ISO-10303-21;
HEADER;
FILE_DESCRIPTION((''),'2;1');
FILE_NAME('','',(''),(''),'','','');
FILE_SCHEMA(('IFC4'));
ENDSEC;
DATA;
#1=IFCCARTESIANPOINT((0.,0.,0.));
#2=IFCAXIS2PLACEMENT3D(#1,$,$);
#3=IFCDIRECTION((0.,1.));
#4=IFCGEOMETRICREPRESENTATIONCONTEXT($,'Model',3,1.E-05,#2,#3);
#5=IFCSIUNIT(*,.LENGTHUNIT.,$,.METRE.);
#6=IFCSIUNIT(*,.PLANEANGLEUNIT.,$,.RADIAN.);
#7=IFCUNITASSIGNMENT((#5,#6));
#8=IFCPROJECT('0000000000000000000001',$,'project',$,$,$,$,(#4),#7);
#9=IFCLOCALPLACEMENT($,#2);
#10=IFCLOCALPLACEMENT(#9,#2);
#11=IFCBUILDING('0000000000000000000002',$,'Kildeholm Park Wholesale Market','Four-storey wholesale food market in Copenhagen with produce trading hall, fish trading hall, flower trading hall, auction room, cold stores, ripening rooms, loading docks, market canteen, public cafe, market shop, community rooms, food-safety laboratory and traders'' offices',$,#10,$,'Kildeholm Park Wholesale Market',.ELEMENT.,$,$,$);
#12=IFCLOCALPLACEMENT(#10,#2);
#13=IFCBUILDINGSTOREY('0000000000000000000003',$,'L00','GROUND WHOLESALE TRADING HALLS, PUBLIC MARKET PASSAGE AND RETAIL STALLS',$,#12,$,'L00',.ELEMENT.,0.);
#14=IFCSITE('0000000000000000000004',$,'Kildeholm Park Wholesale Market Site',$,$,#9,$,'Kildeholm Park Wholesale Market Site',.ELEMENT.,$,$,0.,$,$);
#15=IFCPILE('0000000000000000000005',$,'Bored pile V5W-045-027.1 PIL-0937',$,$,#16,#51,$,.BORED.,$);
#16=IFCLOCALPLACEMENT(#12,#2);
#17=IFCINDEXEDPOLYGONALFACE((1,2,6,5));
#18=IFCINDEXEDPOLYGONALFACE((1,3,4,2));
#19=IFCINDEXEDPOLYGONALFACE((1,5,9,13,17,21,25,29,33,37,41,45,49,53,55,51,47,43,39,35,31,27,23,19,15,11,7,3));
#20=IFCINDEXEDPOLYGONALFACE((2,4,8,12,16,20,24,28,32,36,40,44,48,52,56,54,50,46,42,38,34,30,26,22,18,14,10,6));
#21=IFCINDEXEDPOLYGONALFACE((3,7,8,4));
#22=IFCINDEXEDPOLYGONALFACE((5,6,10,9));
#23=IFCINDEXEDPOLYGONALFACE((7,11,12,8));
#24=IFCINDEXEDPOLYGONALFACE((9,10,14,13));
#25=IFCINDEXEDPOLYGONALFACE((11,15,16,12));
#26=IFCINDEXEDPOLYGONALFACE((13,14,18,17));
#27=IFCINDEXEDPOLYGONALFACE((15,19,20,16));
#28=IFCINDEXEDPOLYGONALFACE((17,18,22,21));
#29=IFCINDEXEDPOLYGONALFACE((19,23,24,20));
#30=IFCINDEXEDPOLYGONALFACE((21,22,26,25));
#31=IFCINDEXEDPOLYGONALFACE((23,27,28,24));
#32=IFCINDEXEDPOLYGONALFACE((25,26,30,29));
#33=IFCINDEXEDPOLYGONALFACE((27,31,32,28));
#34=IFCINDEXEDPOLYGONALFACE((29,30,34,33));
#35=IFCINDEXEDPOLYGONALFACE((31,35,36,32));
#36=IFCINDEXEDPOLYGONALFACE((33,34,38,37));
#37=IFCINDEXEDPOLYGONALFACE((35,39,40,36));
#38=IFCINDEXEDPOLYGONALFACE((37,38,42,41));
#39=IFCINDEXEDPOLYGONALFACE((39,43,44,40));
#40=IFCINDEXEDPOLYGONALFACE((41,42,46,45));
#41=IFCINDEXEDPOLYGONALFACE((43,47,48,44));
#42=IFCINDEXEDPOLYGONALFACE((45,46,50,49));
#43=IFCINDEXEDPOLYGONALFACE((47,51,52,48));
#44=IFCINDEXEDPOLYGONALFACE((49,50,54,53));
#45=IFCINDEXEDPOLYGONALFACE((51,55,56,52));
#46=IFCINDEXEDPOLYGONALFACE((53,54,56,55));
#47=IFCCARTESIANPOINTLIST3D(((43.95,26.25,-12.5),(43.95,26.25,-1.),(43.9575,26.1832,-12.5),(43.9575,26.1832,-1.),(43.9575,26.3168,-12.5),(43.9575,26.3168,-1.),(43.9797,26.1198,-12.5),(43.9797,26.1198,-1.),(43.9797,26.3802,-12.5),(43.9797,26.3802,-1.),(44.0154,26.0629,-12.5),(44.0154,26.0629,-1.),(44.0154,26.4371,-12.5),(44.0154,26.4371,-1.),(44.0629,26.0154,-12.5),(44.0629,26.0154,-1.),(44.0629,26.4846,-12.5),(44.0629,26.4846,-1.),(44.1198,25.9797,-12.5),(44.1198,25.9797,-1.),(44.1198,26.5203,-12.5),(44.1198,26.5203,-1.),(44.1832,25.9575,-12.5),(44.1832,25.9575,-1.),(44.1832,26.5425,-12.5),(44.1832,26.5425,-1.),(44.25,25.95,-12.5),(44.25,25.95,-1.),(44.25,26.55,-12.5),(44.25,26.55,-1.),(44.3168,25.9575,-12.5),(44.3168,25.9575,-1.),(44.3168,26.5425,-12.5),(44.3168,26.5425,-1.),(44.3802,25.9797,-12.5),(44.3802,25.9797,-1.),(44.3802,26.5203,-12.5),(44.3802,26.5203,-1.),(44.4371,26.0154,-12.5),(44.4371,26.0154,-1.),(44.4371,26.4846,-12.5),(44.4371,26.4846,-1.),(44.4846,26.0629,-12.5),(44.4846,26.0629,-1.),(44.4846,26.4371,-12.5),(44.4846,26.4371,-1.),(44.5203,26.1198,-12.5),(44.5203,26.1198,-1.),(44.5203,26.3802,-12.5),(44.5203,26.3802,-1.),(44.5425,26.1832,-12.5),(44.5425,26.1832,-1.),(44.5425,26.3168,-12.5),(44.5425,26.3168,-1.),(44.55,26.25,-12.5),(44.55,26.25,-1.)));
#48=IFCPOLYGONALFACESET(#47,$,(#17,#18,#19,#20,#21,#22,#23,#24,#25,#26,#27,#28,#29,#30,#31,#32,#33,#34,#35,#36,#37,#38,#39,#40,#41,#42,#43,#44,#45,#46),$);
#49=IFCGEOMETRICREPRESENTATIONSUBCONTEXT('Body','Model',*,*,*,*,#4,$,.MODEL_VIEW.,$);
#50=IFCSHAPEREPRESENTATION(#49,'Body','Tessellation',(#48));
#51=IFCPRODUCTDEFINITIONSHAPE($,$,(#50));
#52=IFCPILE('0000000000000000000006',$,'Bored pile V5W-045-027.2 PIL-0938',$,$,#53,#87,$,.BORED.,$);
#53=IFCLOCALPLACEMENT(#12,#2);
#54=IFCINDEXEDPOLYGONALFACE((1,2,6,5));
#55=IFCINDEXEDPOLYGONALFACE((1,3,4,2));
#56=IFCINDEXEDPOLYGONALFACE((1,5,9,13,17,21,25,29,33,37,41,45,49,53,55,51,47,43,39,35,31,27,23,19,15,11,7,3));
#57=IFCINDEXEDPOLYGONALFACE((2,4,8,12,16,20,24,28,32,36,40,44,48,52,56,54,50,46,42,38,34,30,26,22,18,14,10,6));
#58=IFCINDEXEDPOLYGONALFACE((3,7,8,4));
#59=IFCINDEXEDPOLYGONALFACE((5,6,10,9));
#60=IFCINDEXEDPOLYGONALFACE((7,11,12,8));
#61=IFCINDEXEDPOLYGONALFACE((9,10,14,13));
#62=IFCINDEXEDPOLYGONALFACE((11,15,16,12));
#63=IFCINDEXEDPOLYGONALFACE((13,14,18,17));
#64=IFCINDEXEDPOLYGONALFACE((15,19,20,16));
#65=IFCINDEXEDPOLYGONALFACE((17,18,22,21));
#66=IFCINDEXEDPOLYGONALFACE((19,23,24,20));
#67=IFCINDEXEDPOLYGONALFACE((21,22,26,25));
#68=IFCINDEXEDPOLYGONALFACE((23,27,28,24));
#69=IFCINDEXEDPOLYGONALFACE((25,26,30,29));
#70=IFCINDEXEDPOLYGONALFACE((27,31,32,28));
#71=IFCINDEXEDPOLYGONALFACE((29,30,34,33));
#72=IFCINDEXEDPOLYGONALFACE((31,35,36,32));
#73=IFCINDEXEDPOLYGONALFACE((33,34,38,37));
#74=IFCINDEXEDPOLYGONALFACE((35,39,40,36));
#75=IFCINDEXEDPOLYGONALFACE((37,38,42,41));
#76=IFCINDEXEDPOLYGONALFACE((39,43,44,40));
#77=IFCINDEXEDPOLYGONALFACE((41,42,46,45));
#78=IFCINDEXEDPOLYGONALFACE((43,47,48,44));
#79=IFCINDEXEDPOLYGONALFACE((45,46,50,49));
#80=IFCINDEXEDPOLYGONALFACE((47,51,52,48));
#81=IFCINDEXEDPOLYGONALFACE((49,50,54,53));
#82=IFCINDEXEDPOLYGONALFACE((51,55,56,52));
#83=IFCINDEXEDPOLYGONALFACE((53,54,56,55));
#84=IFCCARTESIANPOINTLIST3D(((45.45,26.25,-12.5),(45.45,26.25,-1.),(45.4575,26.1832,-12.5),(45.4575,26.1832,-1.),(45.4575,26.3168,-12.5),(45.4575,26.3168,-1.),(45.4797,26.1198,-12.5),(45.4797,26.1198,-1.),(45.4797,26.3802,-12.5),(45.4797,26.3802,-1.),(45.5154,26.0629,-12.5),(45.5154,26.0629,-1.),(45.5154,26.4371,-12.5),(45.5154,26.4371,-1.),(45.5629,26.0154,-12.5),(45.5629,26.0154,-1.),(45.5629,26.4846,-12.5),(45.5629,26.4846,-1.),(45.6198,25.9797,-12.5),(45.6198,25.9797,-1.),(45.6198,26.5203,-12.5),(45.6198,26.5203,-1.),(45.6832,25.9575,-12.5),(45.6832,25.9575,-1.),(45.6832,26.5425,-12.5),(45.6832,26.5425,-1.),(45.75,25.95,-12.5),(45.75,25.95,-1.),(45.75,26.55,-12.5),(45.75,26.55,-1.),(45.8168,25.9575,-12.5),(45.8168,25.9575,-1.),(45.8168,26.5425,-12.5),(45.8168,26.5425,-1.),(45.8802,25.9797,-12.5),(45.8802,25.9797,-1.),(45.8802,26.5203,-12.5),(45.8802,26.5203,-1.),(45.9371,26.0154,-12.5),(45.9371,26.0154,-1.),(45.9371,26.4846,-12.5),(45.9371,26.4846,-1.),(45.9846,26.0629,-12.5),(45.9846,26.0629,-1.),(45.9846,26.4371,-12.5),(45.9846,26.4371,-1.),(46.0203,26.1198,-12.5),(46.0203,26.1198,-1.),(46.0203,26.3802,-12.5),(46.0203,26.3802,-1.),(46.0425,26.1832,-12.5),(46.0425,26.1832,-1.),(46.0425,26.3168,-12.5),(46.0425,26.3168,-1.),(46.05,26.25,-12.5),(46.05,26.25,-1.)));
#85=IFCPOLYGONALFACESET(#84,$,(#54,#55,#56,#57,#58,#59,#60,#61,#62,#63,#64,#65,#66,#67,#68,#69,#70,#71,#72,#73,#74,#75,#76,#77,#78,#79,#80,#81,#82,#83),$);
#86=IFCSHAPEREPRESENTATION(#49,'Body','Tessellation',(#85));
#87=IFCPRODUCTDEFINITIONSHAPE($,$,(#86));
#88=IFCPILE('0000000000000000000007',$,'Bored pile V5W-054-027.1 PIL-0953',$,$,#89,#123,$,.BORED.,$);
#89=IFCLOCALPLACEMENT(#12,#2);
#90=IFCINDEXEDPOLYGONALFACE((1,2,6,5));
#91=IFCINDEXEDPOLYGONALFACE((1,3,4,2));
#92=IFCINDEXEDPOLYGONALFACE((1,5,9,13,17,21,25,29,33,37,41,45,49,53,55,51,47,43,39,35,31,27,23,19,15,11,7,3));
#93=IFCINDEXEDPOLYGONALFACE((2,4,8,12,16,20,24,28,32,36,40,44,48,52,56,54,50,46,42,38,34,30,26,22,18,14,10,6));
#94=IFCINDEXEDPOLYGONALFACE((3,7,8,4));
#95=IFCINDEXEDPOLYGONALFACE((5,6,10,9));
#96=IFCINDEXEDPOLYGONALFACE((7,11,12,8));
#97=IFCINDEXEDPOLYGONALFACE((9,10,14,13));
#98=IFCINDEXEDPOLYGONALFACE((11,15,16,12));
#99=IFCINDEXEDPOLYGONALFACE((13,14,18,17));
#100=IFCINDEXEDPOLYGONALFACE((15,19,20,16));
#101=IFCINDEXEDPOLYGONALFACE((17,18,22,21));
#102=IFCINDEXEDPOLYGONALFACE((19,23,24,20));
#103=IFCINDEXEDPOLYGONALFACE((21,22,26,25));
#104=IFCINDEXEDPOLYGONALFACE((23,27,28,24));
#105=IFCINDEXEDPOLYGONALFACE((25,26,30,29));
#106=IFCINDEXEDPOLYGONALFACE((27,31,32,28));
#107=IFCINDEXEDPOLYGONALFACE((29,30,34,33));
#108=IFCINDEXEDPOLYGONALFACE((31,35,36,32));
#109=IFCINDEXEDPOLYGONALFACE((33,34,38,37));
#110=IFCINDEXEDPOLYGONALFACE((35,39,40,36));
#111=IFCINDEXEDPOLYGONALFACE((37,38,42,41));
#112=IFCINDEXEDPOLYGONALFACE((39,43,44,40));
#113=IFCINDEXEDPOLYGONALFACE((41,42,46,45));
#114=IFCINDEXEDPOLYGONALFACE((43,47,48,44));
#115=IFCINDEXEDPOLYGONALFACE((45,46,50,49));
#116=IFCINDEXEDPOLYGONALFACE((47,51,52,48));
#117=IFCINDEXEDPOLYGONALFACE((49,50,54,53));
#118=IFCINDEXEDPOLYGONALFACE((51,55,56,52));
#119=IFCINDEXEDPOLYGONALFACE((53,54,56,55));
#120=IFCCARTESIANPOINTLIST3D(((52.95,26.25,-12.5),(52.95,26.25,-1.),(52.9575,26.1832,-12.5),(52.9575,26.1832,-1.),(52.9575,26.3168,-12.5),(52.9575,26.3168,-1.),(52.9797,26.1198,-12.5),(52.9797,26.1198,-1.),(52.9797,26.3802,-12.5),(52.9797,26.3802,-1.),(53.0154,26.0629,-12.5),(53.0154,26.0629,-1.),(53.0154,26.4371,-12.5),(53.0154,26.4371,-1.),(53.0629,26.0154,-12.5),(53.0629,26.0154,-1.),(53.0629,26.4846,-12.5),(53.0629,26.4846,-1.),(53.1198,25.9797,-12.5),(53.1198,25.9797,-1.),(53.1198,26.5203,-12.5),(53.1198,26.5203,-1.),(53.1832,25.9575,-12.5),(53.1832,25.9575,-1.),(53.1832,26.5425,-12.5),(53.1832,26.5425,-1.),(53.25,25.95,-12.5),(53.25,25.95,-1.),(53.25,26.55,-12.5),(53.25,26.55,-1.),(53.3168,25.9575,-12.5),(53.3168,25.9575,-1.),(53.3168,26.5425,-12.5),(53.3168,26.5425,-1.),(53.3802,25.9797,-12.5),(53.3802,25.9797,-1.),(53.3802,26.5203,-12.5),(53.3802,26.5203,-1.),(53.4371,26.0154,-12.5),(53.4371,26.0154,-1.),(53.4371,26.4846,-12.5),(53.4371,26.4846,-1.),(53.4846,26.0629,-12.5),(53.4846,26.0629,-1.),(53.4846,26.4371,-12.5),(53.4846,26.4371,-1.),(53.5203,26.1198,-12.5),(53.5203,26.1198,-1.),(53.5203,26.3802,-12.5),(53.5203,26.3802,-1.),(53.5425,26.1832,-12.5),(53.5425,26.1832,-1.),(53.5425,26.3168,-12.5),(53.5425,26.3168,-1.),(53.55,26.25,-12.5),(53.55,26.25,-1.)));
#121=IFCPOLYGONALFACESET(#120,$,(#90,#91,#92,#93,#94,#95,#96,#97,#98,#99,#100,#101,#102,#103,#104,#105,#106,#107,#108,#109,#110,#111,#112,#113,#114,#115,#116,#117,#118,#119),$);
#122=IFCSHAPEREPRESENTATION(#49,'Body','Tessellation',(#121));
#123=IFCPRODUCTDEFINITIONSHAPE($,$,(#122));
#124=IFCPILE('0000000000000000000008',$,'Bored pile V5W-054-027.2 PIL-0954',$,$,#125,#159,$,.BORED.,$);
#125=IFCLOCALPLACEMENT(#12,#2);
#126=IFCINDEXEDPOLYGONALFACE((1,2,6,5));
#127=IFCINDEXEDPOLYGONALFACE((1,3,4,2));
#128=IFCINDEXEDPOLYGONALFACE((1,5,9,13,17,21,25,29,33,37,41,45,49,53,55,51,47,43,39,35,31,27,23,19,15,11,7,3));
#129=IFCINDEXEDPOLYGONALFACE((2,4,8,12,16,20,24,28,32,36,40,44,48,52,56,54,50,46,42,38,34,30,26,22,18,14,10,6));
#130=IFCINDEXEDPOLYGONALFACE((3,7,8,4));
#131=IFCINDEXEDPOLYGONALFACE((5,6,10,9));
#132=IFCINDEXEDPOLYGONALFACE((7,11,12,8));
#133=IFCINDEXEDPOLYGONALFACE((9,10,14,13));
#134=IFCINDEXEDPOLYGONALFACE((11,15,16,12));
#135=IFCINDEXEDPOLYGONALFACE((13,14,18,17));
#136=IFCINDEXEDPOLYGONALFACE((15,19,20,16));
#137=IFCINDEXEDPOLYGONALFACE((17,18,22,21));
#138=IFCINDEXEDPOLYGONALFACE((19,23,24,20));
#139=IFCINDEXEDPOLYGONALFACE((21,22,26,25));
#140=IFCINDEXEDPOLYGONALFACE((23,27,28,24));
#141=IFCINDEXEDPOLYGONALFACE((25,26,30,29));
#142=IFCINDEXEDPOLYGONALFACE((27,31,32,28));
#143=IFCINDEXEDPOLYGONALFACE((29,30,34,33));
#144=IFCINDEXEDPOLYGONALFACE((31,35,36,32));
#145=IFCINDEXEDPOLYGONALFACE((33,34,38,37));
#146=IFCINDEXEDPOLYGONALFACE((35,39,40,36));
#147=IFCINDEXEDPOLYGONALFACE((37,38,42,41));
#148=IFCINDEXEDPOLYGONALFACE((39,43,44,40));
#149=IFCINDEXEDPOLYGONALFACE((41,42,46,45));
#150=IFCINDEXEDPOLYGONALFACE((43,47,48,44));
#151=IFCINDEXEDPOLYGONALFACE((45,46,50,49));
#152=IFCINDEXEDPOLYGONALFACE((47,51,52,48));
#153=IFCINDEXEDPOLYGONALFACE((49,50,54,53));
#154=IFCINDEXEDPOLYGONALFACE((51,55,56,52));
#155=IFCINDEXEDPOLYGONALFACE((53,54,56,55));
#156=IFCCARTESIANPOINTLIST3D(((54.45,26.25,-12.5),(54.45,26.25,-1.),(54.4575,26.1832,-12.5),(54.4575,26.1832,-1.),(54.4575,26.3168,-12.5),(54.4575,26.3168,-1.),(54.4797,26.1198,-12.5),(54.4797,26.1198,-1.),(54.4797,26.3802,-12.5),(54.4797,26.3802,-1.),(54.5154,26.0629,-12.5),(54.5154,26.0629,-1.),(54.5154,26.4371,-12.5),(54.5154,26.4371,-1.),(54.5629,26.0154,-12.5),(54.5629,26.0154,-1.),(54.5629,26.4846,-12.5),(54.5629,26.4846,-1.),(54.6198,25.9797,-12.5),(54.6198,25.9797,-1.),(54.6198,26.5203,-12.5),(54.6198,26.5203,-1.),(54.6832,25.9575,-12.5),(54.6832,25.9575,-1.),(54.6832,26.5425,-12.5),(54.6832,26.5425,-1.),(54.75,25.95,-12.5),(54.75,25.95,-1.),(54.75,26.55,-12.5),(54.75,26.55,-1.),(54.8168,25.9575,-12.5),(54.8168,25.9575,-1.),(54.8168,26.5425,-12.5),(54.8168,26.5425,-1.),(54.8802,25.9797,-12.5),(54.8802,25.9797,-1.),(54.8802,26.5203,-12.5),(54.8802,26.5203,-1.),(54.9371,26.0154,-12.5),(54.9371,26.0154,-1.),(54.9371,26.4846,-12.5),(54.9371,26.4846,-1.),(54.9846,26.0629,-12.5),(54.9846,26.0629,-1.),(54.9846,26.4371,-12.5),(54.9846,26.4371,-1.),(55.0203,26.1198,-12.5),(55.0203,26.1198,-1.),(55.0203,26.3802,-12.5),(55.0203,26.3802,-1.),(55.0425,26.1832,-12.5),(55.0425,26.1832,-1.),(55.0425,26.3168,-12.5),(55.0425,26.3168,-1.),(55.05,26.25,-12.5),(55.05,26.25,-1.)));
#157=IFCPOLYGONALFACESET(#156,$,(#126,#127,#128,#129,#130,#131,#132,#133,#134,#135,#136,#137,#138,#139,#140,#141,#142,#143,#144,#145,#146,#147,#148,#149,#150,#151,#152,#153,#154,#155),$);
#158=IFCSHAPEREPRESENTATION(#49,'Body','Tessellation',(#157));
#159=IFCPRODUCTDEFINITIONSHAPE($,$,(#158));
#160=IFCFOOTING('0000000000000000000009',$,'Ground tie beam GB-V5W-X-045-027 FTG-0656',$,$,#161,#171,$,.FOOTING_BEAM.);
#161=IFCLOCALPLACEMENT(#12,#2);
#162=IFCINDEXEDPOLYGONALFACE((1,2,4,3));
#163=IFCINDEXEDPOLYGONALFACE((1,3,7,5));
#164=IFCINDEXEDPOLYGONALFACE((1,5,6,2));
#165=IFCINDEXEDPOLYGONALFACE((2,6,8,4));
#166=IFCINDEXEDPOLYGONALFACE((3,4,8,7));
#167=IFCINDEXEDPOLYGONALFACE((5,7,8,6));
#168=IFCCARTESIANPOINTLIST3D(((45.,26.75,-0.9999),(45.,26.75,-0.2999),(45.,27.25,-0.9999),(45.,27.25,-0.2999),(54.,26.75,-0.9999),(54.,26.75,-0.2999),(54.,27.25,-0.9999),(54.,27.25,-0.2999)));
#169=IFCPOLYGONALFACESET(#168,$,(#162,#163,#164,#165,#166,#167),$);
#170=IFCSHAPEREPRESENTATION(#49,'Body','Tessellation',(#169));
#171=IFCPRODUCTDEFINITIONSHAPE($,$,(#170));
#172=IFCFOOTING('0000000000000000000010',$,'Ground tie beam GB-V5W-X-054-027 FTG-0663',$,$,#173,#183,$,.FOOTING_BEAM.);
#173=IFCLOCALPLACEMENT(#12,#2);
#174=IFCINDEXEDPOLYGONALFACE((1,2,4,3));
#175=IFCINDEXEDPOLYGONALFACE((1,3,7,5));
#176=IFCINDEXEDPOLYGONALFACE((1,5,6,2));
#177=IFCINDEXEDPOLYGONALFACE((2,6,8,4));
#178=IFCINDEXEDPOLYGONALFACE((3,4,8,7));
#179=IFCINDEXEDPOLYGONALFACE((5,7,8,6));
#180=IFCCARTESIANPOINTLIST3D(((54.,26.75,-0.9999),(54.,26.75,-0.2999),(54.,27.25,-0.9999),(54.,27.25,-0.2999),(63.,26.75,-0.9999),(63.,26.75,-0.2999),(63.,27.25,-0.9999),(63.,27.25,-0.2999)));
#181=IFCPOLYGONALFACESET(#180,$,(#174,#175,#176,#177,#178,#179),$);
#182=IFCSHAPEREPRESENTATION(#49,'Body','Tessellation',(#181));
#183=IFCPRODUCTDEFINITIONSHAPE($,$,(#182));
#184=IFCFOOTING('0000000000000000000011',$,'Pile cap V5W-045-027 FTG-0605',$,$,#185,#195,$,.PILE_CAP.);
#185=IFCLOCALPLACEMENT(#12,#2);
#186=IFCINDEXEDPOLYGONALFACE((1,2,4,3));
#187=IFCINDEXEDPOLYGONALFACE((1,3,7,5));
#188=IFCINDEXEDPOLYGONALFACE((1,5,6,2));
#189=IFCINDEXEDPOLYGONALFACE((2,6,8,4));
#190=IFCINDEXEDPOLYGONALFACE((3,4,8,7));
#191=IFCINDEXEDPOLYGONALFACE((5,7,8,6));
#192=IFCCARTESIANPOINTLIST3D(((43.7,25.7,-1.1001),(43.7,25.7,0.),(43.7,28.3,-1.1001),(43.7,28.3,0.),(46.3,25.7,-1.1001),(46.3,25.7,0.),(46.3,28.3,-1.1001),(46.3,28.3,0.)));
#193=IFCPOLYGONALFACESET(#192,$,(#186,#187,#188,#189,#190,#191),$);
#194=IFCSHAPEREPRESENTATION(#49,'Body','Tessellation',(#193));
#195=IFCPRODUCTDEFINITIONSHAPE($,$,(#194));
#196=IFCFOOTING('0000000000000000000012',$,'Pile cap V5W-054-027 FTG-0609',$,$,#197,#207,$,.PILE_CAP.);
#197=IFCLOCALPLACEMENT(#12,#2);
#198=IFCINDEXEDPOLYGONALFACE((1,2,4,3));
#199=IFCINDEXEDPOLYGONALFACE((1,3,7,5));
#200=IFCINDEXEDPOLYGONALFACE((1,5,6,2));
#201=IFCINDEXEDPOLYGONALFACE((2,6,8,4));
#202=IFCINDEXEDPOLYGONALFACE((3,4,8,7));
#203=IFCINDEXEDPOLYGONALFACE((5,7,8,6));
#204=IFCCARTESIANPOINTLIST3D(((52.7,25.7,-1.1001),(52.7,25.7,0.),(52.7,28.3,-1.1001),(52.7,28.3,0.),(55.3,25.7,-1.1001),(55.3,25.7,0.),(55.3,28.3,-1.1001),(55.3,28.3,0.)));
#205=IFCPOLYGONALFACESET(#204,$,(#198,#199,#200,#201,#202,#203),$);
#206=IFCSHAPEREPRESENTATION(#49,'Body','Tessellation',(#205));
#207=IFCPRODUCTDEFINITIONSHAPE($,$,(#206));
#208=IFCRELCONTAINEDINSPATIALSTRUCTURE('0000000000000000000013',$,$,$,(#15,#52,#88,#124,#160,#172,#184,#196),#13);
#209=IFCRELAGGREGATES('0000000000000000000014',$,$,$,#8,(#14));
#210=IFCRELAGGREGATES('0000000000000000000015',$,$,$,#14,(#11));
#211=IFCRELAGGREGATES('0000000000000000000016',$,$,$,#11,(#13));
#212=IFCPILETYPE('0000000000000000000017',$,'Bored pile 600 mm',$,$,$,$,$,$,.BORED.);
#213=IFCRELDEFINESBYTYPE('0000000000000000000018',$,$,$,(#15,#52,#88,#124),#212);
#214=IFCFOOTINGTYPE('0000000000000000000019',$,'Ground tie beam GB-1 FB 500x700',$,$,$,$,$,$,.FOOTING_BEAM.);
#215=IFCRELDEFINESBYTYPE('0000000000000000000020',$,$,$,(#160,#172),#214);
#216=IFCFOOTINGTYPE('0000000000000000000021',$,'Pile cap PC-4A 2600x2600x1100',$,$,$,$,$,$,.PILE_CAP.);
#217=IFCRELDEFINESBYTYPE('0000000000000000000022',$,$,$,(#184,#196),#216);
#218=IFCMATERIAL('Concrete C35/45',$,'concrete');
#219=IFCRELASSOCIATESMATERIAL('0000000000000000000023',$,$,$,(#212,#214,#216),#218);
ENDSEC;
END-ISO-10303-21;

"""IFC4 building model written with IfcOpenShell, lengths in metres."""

from ifc_helpers import new_model, si_unit, direction, frame, origin, origin_2d, place, context, subcontext, project, spatial, rectangle, circle, extrude, material, material_profile, profile_set, type_object, element, save


model = new_model("IFC4")

# Units and contexts
model_context = context("Model", 3, precision=1e-05, world=origin(), true_north=direction((0.0, 1.0)))
body_context = subcontext(model_context, "Body", "Model", "MODEL_VIEW")
ifc_project = project(units=[si_unit("LENGTHUNIT", "METRE"), si_unit("PLANEANGLEUNIT", "RADIAN")], contexts=[model_context])

# Site, building, storey
site_placement = place(None, origin())
site = spatial("IfcSite", under=ifc_project, at=site_placement, Name="Kildeholm Park Wholesale Market Site", LongName="Kildeholm Park Wholesale Market Site", CompositionType="ELEMENT", RefElevation=0.0)
building_placement = place(site_placement, origin())
building = spatial("IfcBuilding", under=site, at=building_placement, Name="Kildeholm Park Wholesale Market", Description="Four-storey wholesale food market in Copenhagen with produce trading hall, fish trading hall, flower trading hall, auction room, cold stores, ripening rooms, loading docks, market canteen, public cafe, market shop, community rooms, food-safety laboratory and traders' offices", LongName="Kildeholm Park Wholesale Market", CompositionType="ELEMENT")
storey_placement = place(building_placement, origin())
storey = spatial("IfcBuildingStorey", under=building, at=storey_placement, Name="L00", Description="GROUND WHOLESALE TRADING HALLS, PUBLIC MARKET PASSAGE AND RETAIL STALLS", LongName="L00", CompositionType="ELEMENT", Elevation=0.0)

# Piles
ifc_material_1 = material(Name="Concrete C35/45", Category="concrete")
ifc_material_profile_1 = material_profile(ifc_material_1, circle(Radius=0.3, at=origin_2d()), Name="PILE D600")
ifc_profile_set_1 = profile_set([ifc_material_profile_1], Name="Concrete C35/45")
pile_type = type_object("IfcPileType", Name="Bored pile 600 mm", PredefinedType="BORED", material=ifc_profile_set_1)
for number, where, z_axis, x_axis, name in (
    (1, (44.25, 26.25, -1.0), (0.0, 0.0, -1.0), (1.0, 0.0, 0.0), "Bored pile V5W-045-027.1 PIL-0937"),
    (2, (45.75, 26.25, -1.0), (0.0, 0.0, -1.0), (1.0, 0.0, 0.0), "Bored pile V5W-045-027.2 PIL-0938"),
    (3, (53.25, 26.25, -1.0), (0.0, 0.0, -1.0), (1.0, 0.0, 0.0), "Bored pile V5W-054-027.1 PIL-0953"),
    (4, (54.75, 26.25, -1.0), (0.0, 0.0, -1.0), (1.0, 0.0, 0.0), "Bored pile V5W-054-027.2 PIL-0954"),
):
    element("IfcPile", number, at=place(storey_placement, frame(where, z_axis=z_axis, x_axis=x_axis)), inside=storey, type_object=pile_type, Name=name, PredefinedType="BORED", context=body_context, shape_type="SweptSolid", body=[
        extrude(circle(Radius=0.3, at=origin_2d()), origin(), (0.0, 0.0, 1.0), 11.5),
    ])

# Footings
ifc_material_profile_2 = material_profile(ifc_material_1, rectangle(XDim=0.5, YDim=0.7, at=origin_2d()), Name="FB 500x700")
ifc_profile_set_2 = profile_set([ifc_material_profile_2], Name="Concrete C35/45")
footing_type_1 = type_object("IfcFootingType", Name="Ground tie beam GB-1 FB 500x700", PredefinedType="FOOTING_BEAM", material=ifc_profile_set_2)
for number, where, z_axis, x_axis, name in (
    (5, (45.0, 27.0, -0.6499), (1.0, 0.0, 0.0), (0.0, 1.0, 0.0), "Ground tie beam GB-V5W-X-045-027 FTG-0656"),
    (6, (54.0, 27.0, -0.6499), (1.0, 0.0, 0.0), (0.0, 1.0, 0.0), "Ground tie beam GB-V5W-X-054-027 FTG-0663"),
):
    element("IfcFooting", number, at=place(storey_placement, frame(where, z_axis=z_axis, x_axis=x_axis)), inside=storey, type_object=footing_type_1, Name=name, PredefinedType="FOOTING_BEAM", context=body_context, shape_type="SweptSolid", body=[
        extrude(rectangle(XDim=0.5, YDim=0.7, at=origin_2d()), origin(), (0.0, 0.0, 1.0), 9.0),
    ])
footing_type_2 = type_object("IfcFootingType", Name="Pile cap PC-4A 2600x2600x1100", PredefinedType="PILE_CAP", material=ifc_material_1)
for number, where, z_axis, x_axis, name in (
    (7, (45.0, 27.0, -1.1001), (0.0, 0.0, 1.0), (1.0, 0.0, 0.0), "Pile cap V5W-045-027 FTG-0605"),
    (8, (54.0, 27.0, -1.1001), (0.0, 0.0, 1.0), (1.0, 0.0, 0.0), "Pile cap V5W-054-027 FTG-0609"),
):
    element("IfcFooting", number, at=place(storey_placement, frame(where, z_axis=z_axis, x_axis=x_axis)), inside=storey, type_object=footing_type_2, Name=name, PredefinedType="PILE_CAP", context=body_context, shape_type="SweptSolid", body=[
        extrude(rectangle(XDim=2.6001, YDim=2.6001, at=origin_2d()), origin(), (0.0, 0.0, 1.0), 1.1001),
    ])

save(model, "model.ifc")
